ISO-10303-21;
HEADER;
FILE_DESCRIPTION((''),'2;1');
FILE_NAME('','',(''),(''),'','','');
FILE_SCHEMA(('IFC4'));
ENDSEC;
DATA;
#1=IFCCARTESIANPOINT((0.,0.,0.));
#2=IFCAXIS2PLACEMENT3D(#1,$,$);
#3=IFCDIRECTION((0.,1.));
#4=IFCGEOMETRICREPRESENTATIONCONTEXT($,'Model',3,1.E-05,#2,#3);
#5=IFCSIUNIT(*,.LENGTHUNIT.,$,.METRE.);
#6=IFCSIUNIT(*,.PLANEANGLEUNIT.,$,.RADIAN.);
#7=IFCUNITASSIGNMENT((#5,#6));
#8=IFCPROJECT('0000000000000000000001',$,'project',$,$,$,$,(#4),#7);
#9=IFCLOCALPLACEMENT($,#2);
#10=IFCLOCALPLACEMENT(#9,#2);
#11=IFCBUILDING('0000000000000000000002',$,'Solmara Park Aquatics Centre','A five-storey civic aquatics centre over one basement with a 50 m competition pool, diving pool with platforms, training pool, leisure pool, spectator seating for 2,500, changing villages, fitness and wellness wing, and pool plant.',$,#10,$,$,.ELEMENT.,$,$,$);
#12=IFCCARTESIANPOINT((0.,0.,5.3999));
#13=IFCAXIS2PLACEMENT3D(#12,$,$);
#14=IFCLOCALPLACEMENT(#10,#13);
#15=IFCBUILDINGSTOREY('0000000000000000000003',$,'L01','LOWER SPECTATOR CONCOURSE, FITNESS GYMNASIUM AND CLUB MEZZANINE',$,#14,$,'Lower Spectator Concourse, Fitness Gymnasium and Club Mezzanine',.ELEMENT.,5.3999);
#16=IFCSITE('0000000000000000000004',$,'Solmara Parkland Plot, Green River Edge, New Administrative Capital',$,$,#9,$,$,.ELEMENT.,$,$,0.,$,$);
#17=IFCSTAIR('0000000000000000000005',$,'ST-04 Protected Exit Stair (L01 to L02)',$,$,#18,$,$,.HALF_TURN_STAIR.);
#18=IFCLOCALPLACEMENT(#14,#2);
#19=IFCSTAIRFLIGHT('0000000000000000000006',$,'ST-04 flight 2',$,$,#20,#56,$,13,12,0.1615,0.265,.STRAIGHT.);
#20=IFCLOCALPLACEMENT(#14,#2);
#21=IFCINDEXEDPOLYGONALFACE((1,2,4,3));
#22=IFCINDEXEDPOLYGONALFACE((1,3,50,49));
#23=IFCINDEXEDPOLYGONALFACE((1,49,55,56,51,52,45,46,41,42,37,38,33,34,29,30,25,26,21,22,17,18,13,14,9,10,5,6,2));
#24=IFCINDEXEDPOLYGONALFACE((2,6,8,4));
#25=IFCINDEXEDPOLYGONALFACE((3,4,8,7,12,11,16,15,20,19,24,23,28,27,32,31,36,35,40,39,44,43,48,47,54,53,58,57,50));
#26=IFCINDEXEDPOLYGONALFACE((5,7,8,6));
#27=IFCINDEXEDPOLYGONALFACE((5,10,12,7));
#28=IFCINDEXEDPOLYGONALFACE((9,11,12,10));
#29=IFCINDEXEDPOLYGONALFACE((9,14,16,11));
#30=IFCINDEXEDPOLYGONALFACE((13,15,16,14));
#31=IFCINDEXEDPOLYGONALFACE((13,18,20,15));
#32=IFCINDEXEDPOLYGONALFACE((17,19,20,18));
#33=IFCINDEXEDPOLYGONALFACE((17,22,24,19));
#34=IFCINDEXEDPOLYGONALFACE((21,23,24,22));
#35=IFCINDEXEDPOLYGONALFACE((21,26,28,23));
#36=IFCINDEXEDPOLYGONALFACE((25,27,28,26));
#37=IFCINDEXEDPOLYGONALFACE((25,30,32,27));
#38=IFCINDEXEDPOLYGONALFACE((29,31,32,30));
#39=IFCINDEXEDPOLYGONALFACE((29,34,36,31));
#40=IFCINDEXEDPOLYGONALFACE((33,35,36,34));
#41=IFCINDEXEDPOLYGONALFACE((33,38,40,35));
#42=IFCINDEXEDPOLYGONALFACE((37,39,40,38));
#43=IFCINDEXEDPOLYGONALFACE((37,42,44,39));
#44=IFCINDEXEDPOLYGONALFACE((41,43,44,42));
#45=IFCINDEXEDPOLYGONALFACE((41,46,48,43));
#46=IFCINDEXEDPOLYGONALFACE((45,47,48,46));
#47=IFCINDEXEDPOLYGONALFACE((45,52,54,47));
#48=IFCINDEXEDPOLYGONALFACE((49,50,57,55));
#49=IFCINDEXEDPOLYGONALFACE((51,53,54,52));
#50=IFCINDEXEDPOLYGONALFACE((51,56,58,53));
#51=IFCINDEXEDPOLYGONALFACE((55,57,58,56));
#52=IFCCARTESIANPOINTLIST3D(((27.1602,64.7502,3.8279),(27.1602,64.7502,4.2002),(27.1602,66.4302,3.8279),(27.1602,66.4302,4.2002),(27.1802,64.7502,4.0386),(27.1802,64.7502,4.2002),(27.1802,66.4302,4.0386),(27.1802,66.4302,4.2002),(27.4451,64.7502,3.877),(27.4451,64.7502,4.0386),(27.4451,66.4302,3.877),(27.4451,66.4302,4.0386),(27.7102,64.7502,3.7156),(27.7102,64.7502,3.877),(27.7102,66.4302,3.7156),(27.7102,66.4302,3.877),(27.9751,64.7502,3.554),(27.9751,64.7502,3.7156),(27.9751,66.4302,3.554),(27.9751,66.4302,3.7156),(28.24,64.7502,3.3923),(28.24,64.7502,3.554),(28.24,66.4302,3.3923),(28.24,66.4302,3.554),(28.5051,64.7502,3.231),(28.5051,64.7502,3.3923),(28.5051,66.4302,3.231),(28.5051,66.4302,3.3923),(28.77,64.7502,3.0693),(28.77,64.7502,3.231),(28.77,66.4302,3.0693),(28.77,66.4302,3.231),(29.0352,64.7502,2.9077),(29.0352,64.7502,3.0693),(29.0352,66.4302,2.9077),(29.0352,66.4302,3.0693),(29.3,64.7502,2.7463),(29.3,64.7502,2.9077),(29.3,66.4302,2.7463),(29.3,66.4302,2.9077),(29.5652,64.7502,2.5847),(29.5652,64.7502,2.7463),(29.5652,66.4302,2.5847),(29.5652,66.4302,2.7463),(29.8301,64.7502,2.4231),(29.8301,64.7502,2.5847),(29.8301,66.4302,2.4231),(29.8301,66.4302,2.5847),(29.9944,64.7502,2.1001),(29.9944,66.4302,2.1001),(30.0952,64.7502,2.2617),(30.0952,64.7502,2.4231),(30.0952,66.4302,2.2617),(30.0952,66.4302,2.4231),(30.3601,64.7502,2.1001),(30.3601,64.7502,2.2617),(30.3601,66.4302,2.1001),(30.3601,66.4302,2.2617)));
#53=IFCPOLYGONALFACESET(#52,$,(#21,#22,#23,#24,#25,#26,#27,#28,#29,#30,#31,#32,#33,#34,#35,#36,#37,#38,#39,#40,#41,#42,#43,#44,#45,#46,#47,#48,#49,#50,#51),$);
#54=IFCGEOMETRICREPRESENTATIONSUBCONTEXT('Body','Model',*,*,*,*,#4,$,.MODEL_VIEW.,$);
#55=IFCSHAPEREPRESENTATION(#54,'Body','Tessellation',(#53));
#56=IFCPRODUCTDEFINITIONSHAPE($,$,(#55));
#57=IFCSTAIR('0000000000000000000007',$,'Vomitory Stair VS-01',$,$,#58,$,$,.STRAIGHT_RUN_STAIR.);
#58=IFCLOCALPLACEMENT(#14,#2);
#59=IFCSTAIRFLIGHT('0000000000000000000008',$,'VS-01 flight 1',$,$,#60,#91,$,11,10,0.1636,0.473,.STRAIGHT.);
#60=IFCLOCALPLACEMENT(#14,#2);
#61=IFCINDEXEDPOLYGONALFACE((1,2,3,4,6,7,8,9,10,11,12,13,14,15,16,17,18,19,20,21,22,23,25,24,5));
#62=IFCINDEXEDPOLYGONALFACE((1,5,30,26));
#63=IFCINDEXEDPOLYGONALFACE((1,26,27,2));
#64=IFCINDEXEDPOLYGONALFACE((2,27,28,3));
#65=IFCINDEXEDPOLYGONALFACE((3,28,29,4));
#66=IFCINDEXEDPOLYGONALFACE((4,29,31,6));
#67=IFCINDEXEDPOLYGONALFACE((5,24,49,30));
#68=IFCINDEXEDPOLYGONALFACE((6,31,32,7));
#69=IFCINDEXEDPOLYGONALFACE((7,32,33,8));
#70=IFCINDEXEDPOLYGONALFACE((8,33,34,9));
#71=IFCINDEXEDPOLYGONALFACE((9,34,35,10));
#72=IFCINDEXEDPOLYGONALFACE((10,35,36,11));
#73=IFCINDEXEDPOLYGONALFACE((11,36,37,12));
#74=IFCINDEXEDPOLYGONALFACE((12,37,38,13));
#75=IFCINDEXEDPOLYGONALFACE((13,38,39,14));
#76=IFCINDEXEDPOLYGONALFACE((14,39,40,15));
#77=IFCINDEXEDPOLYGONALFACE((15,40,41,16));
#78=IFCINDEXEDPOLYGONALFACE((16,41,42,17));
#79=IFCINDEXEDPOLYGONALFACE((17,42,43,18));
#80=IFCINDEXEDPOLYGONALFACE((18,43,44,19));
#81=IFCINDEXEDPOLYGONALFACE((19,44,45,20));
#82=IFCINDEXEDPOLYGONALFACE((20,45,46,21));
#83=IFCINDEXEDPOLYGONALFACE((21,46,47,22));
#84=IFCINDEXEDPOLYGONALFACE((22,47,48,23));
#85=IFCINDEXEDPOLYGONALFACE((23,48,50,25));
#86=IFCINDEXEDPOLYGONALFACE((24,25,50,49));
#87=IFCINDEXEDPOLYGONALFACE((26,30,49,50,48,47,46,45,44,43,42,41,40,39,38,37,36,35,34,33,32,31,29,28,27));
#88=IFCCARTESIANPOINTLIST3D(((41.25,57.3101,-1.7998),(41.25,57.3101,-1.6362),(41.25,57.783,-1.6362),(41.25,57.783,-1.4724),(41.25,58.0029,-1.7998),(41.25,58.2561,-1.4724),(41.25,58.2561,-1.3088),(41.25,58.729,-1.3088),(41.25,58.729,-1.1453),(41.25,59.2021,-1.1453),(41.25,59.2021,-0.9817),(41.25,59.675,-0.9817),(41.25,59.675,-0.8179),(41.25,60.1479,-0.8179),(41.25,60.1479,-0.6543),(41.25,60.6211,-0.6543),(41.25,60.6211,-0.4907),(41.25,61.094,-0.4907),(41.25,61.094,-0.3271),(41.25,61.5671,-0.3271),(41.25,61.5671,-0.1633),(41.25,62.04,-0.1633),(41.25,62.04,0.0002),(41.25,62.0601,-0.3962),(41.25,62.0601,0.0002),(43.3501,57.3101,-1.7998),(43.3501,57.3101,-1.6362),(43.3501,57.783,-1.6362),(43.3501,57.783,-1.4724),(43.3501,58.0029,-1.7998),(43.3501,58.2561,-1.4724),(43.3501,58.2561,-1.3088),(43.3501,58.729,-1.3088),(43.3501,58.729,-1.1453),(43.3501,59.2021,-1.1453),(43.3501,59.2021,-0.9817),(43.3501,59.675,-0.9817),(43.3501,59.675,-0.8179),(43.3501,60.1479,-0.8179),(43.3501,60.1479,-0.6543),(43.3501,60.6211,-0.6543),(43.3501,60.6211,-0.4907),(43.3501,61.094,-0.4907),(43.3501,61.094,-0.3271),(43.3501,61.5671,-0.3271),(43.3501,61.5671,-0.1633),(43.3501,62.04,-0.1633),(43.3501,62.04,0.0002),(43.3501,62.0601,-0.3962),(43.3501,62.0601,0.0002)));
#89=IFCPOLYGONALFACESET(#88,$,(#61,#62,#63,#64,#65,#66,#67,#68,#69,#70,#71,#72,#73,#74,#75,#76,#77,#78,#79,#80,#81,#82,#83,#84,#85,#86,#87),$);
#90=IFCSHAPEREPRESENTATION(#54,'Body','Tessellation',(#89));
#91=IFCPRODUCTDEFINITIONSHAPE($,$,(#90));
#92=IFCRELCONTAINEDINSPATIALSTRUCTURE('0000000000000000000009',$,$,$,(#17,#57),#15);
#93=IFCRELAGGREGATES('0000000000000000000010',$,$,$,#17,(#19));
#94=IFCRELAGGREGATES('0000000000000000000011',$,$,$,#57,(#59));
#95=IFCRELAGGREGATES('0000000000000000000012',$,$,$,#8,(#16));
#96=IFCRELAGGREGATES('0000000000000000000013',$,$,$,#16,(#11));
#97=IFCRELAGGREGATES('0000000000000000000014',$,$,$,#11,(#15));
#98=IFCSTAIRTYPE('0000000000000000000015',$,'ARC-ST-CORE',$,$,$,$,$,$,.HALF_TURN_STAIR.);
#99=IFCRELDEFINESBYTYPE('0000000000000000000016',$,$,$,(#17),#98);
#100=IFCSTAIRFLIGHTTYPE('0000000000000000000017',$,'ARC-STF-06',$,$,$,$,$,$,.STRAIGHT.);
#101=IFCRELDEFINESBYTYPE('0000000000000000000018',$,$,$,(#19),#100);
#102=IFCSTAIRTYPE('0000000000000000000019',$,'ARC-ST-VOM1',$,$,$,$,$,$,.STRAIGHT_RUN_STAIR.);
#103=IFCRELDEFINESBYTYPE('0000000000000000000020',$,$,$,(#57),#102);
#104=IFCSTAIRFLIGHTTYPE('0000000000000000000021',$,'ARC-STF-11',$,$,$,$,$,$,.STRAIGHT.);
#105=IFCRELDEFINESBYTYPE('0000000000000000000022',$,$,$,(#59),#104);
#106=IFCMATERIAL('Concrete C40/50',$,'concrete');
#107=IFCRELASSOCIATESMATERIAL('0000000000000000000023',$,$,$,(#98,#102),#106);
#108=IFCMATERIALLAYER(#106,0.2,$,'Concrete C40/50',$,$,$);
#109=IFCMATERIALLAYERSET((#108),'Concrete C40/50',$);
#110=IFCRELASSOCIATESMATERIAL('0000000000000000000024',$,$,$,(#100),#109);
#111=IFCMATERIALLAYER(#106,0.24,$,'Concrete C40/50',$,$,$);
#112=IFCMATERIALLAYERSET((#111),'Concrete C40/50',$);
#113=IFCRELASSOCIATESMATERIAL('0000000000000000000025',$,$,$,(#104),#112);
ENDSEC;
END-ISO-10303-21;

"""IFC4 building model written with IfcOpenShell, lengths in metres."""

from ifc_helpers import new_model, si_unit, direction, frame, origin, place, context, subcontext, project, spatial, polyline, outline, extrude, material, layer, layer_set, type_object, element, aggregate, save


model = new_model("IFC4")

# Units and contexts
model_context = context("Model", 3, precision=1e-05, world=origin(), true_north=direction((0.0, 1.0)))
body_context = subcontext(model_context, "Body", "Model", "MODEL_VIEW")
ifc_project = project(units=[si_unit("LENGTHUNIT", "METRE"), si_unit("PLANEANGLEUNIT", "RADIAN")], contexts=[model_context])

# Site, building, storey
site_placement = place(None, origin())
site = spatial("IfcSite", under=ifc_project, at=site_placement, Name="Solmara Parkland Plot, Green River Edge, New Administrative Capital", CompositionType="ELEMENT", RefElevation=0.0)
building_placement = place(site_placement, origin())
building = spatial("IfcBuilding", under=site, at=building_placement, Name="Solmara Park Aquatics Centre", Description="A five-storey civic aquatics centre over one basement with a 50 m competition pool, diving pool with platforms, training pool, leisure pool, spectator seating for 2,500, changing villages, fitness and wellness wing, and pool plant.", CompositionType="ELEMENT")
storey_placement = place(building_placement, frame((0.0, 0.0, 5.3999)))
storey = spatial("IfcBuildingStorey", under=building, at=storey_placement, Name="L01", Description="LOWER SPECTATOR CONCOURSE, FITNESS GYMNASIUM AND CLUB MEZZANINE", LongName="Lower Spectator Concourse, Fitness Gymnasium and Club Mezzanine", CompositionType="ELEMENT", Elevation=5.3999)

# Shared definitions
ifc_material_1 = material(Name="Concrete C40/50", Category="concrete")

# Stairs, stair flights
stair_type_1 = type_object("IfcStairType", Name="ARC-ST-CORE", PredefinedType="HALF_TURN_STAIR", material=ifc_material_1)
stair_1_placement = place(storey_placement, origin())
stair_1 = element("IfcStair", 1, at=stair_1_placement, inside=storey, type_object=stair_type_1, Name="ST-04 Protected Exit Stair (L01 to L02)", PredefinedType="HALF_TURN_STAIR")
ifc_layer_1 = layer(ifc_material_1, 0.2, Name="Concrete C40/50")
ifc_layer_set_1 = layer_set([ifc_layer_1], Name="Concrete C40/50")
stair_flight_type_1 = type_object("IfcStairFlightType", Name="ARC-STF-06", PredefinedType="STRAIGHT", material=ifc_layer_set_1)
stair_flight_1_placement = place(storey_placement, frame((30.3601, 65.5901, 2.1001), z_axis=(0.0, 0.0, 1.0), x_axis=(-1.0, 0.0, 0.0)))
stair_flight_1 = element("IfcStairFlight", 2, at=stair_flight_1_placement, type_object=stair_flight_type_1, Name="ST-04 flight 2", NumberOfRisers=13, NumberOfTreads=12, PredefinedType="STRAIGHT", RiserHeight=0.1615, TreadLength=0.265, context=body_context, shape_type="SweptSolid", body=[
    extrude(outline(polyline([(0.0, 0.0), (0.0, 0.1616), (0.2649, 0.1616), (0.2649, 0.323), (0.53, 0.323), (0.53, 0.4846), (0.7949, 0.4846), (0.7949, 0.6462), (1.0601, 0.6462), (1.0601, 0.8076), (1.325, 0.8076), (1.325, 0.9692), (1.5901, 0.9692), (1.5901, 1.1309), (1.855, 1.1309), (1.855, 1.2922), (2.1201, 1.2922), (2.1201, 1.4539), (2.385, 1.4539), (2.385, 1.6155), (2.6499, 1.6155), (2.6499, 1.7769), (2.915, 1.7769), (2.915, 1.9385), (3.1799, 1.9385), (3.1799, 2.1001), (3.2, 2.1001), (3.2, 1.7278), (0.3657, 0.0), (0.0, 0.0)])), frame((0.0, 0.8398, 0.0), z_axis=(0.0, -1.0, 0.0), x_axis=(1.0, 0.0, 0.0)), (0.0, 0.0, 1.0), 1.6799),
])
aggregate(stair_1, [stair_flight_1])
stair_type_2 = type_object("IfcStairType", Name="ARC-ST-VOM1", PredefinedType="STRAIGHT_RUN_STAIR", material=ifc_material_1)
stair_2_placement = place(storey_placement, origin())
stair_2 = element("IfcStair", 3, at=stair_2_placement, inside=storey, type_object=stair_type_2, Name="Vomitory Stair VS-01", PredefinedType="STRAIGHT_RUN_STAIR")
ifc_layer_2 = layer(ifc_material_1, 0.24, Name="Concrete C40/50")
ifc_layer_set_2 = layer_set([ifc_layer_2], Name="Concrete C40/50")
stair_flight_type_2 = type_object("IfcStairFlightType", Name="ARC-STF-11", PredefinedType="STRAIGHT", material=ifc_layer_set_2)
stair_flight_2_placement = place(storey_placement, frame((42.3, 57.3101, -1.7998), z_axis=(0.0, 0.0, 1.0), x_axis=(0.0, 1.0, 0.0)))
stair_flight_2 = element("IfcStairFlight", 4, at=stair_flight_2_placement, type_object=stair_flight_type_2, Name="VS-01 flight 1", NumberOfRisers=11, NumberOfTreads=10, PredefinedType="STRAIGHT", RiserHeight=0.1636, TreadLength=0.473, context=body_context, shape_type="SweptSolid", body=[
    extrude(outline(polyline([(0.0, 0.0), (0.0, 0.1636), (0.4729, 0.1636), (0.4729, 0.3274), (0.946, 0.3274), (0.946, 0.491), (1.4189, 0.491), (1.4189, 0.6545), (1.8921, 0.6545), (1.8921, 0.8181), (2.365, 0.8181), (2.365, 0.9819), (2.8379, 0.9819), (2.8379, 1.1455), (3.311, 1.1455), (3.311, 1.3091), (3.7839, 1.3091), (3.7839, 1.4727), (4.2571, 1.4727), (4.2571, 1.6365), (4.73, 1.6365), (4.73, 1.8), (4.75, 1.8), (4.75, 1.4036), (0.6929, 0.0), (0.0, 0.0)])), frame((0.0, 1.05, 0.0), z_axis=(0.0, -1.0, 0.0), x_axis=(1.0, 0.0, 0.0)), (0.0, 0.0, 1.0), 2.1001),
])
aggregate(stair_2, [stair_flight_2])

save(model, "model.ifc")
